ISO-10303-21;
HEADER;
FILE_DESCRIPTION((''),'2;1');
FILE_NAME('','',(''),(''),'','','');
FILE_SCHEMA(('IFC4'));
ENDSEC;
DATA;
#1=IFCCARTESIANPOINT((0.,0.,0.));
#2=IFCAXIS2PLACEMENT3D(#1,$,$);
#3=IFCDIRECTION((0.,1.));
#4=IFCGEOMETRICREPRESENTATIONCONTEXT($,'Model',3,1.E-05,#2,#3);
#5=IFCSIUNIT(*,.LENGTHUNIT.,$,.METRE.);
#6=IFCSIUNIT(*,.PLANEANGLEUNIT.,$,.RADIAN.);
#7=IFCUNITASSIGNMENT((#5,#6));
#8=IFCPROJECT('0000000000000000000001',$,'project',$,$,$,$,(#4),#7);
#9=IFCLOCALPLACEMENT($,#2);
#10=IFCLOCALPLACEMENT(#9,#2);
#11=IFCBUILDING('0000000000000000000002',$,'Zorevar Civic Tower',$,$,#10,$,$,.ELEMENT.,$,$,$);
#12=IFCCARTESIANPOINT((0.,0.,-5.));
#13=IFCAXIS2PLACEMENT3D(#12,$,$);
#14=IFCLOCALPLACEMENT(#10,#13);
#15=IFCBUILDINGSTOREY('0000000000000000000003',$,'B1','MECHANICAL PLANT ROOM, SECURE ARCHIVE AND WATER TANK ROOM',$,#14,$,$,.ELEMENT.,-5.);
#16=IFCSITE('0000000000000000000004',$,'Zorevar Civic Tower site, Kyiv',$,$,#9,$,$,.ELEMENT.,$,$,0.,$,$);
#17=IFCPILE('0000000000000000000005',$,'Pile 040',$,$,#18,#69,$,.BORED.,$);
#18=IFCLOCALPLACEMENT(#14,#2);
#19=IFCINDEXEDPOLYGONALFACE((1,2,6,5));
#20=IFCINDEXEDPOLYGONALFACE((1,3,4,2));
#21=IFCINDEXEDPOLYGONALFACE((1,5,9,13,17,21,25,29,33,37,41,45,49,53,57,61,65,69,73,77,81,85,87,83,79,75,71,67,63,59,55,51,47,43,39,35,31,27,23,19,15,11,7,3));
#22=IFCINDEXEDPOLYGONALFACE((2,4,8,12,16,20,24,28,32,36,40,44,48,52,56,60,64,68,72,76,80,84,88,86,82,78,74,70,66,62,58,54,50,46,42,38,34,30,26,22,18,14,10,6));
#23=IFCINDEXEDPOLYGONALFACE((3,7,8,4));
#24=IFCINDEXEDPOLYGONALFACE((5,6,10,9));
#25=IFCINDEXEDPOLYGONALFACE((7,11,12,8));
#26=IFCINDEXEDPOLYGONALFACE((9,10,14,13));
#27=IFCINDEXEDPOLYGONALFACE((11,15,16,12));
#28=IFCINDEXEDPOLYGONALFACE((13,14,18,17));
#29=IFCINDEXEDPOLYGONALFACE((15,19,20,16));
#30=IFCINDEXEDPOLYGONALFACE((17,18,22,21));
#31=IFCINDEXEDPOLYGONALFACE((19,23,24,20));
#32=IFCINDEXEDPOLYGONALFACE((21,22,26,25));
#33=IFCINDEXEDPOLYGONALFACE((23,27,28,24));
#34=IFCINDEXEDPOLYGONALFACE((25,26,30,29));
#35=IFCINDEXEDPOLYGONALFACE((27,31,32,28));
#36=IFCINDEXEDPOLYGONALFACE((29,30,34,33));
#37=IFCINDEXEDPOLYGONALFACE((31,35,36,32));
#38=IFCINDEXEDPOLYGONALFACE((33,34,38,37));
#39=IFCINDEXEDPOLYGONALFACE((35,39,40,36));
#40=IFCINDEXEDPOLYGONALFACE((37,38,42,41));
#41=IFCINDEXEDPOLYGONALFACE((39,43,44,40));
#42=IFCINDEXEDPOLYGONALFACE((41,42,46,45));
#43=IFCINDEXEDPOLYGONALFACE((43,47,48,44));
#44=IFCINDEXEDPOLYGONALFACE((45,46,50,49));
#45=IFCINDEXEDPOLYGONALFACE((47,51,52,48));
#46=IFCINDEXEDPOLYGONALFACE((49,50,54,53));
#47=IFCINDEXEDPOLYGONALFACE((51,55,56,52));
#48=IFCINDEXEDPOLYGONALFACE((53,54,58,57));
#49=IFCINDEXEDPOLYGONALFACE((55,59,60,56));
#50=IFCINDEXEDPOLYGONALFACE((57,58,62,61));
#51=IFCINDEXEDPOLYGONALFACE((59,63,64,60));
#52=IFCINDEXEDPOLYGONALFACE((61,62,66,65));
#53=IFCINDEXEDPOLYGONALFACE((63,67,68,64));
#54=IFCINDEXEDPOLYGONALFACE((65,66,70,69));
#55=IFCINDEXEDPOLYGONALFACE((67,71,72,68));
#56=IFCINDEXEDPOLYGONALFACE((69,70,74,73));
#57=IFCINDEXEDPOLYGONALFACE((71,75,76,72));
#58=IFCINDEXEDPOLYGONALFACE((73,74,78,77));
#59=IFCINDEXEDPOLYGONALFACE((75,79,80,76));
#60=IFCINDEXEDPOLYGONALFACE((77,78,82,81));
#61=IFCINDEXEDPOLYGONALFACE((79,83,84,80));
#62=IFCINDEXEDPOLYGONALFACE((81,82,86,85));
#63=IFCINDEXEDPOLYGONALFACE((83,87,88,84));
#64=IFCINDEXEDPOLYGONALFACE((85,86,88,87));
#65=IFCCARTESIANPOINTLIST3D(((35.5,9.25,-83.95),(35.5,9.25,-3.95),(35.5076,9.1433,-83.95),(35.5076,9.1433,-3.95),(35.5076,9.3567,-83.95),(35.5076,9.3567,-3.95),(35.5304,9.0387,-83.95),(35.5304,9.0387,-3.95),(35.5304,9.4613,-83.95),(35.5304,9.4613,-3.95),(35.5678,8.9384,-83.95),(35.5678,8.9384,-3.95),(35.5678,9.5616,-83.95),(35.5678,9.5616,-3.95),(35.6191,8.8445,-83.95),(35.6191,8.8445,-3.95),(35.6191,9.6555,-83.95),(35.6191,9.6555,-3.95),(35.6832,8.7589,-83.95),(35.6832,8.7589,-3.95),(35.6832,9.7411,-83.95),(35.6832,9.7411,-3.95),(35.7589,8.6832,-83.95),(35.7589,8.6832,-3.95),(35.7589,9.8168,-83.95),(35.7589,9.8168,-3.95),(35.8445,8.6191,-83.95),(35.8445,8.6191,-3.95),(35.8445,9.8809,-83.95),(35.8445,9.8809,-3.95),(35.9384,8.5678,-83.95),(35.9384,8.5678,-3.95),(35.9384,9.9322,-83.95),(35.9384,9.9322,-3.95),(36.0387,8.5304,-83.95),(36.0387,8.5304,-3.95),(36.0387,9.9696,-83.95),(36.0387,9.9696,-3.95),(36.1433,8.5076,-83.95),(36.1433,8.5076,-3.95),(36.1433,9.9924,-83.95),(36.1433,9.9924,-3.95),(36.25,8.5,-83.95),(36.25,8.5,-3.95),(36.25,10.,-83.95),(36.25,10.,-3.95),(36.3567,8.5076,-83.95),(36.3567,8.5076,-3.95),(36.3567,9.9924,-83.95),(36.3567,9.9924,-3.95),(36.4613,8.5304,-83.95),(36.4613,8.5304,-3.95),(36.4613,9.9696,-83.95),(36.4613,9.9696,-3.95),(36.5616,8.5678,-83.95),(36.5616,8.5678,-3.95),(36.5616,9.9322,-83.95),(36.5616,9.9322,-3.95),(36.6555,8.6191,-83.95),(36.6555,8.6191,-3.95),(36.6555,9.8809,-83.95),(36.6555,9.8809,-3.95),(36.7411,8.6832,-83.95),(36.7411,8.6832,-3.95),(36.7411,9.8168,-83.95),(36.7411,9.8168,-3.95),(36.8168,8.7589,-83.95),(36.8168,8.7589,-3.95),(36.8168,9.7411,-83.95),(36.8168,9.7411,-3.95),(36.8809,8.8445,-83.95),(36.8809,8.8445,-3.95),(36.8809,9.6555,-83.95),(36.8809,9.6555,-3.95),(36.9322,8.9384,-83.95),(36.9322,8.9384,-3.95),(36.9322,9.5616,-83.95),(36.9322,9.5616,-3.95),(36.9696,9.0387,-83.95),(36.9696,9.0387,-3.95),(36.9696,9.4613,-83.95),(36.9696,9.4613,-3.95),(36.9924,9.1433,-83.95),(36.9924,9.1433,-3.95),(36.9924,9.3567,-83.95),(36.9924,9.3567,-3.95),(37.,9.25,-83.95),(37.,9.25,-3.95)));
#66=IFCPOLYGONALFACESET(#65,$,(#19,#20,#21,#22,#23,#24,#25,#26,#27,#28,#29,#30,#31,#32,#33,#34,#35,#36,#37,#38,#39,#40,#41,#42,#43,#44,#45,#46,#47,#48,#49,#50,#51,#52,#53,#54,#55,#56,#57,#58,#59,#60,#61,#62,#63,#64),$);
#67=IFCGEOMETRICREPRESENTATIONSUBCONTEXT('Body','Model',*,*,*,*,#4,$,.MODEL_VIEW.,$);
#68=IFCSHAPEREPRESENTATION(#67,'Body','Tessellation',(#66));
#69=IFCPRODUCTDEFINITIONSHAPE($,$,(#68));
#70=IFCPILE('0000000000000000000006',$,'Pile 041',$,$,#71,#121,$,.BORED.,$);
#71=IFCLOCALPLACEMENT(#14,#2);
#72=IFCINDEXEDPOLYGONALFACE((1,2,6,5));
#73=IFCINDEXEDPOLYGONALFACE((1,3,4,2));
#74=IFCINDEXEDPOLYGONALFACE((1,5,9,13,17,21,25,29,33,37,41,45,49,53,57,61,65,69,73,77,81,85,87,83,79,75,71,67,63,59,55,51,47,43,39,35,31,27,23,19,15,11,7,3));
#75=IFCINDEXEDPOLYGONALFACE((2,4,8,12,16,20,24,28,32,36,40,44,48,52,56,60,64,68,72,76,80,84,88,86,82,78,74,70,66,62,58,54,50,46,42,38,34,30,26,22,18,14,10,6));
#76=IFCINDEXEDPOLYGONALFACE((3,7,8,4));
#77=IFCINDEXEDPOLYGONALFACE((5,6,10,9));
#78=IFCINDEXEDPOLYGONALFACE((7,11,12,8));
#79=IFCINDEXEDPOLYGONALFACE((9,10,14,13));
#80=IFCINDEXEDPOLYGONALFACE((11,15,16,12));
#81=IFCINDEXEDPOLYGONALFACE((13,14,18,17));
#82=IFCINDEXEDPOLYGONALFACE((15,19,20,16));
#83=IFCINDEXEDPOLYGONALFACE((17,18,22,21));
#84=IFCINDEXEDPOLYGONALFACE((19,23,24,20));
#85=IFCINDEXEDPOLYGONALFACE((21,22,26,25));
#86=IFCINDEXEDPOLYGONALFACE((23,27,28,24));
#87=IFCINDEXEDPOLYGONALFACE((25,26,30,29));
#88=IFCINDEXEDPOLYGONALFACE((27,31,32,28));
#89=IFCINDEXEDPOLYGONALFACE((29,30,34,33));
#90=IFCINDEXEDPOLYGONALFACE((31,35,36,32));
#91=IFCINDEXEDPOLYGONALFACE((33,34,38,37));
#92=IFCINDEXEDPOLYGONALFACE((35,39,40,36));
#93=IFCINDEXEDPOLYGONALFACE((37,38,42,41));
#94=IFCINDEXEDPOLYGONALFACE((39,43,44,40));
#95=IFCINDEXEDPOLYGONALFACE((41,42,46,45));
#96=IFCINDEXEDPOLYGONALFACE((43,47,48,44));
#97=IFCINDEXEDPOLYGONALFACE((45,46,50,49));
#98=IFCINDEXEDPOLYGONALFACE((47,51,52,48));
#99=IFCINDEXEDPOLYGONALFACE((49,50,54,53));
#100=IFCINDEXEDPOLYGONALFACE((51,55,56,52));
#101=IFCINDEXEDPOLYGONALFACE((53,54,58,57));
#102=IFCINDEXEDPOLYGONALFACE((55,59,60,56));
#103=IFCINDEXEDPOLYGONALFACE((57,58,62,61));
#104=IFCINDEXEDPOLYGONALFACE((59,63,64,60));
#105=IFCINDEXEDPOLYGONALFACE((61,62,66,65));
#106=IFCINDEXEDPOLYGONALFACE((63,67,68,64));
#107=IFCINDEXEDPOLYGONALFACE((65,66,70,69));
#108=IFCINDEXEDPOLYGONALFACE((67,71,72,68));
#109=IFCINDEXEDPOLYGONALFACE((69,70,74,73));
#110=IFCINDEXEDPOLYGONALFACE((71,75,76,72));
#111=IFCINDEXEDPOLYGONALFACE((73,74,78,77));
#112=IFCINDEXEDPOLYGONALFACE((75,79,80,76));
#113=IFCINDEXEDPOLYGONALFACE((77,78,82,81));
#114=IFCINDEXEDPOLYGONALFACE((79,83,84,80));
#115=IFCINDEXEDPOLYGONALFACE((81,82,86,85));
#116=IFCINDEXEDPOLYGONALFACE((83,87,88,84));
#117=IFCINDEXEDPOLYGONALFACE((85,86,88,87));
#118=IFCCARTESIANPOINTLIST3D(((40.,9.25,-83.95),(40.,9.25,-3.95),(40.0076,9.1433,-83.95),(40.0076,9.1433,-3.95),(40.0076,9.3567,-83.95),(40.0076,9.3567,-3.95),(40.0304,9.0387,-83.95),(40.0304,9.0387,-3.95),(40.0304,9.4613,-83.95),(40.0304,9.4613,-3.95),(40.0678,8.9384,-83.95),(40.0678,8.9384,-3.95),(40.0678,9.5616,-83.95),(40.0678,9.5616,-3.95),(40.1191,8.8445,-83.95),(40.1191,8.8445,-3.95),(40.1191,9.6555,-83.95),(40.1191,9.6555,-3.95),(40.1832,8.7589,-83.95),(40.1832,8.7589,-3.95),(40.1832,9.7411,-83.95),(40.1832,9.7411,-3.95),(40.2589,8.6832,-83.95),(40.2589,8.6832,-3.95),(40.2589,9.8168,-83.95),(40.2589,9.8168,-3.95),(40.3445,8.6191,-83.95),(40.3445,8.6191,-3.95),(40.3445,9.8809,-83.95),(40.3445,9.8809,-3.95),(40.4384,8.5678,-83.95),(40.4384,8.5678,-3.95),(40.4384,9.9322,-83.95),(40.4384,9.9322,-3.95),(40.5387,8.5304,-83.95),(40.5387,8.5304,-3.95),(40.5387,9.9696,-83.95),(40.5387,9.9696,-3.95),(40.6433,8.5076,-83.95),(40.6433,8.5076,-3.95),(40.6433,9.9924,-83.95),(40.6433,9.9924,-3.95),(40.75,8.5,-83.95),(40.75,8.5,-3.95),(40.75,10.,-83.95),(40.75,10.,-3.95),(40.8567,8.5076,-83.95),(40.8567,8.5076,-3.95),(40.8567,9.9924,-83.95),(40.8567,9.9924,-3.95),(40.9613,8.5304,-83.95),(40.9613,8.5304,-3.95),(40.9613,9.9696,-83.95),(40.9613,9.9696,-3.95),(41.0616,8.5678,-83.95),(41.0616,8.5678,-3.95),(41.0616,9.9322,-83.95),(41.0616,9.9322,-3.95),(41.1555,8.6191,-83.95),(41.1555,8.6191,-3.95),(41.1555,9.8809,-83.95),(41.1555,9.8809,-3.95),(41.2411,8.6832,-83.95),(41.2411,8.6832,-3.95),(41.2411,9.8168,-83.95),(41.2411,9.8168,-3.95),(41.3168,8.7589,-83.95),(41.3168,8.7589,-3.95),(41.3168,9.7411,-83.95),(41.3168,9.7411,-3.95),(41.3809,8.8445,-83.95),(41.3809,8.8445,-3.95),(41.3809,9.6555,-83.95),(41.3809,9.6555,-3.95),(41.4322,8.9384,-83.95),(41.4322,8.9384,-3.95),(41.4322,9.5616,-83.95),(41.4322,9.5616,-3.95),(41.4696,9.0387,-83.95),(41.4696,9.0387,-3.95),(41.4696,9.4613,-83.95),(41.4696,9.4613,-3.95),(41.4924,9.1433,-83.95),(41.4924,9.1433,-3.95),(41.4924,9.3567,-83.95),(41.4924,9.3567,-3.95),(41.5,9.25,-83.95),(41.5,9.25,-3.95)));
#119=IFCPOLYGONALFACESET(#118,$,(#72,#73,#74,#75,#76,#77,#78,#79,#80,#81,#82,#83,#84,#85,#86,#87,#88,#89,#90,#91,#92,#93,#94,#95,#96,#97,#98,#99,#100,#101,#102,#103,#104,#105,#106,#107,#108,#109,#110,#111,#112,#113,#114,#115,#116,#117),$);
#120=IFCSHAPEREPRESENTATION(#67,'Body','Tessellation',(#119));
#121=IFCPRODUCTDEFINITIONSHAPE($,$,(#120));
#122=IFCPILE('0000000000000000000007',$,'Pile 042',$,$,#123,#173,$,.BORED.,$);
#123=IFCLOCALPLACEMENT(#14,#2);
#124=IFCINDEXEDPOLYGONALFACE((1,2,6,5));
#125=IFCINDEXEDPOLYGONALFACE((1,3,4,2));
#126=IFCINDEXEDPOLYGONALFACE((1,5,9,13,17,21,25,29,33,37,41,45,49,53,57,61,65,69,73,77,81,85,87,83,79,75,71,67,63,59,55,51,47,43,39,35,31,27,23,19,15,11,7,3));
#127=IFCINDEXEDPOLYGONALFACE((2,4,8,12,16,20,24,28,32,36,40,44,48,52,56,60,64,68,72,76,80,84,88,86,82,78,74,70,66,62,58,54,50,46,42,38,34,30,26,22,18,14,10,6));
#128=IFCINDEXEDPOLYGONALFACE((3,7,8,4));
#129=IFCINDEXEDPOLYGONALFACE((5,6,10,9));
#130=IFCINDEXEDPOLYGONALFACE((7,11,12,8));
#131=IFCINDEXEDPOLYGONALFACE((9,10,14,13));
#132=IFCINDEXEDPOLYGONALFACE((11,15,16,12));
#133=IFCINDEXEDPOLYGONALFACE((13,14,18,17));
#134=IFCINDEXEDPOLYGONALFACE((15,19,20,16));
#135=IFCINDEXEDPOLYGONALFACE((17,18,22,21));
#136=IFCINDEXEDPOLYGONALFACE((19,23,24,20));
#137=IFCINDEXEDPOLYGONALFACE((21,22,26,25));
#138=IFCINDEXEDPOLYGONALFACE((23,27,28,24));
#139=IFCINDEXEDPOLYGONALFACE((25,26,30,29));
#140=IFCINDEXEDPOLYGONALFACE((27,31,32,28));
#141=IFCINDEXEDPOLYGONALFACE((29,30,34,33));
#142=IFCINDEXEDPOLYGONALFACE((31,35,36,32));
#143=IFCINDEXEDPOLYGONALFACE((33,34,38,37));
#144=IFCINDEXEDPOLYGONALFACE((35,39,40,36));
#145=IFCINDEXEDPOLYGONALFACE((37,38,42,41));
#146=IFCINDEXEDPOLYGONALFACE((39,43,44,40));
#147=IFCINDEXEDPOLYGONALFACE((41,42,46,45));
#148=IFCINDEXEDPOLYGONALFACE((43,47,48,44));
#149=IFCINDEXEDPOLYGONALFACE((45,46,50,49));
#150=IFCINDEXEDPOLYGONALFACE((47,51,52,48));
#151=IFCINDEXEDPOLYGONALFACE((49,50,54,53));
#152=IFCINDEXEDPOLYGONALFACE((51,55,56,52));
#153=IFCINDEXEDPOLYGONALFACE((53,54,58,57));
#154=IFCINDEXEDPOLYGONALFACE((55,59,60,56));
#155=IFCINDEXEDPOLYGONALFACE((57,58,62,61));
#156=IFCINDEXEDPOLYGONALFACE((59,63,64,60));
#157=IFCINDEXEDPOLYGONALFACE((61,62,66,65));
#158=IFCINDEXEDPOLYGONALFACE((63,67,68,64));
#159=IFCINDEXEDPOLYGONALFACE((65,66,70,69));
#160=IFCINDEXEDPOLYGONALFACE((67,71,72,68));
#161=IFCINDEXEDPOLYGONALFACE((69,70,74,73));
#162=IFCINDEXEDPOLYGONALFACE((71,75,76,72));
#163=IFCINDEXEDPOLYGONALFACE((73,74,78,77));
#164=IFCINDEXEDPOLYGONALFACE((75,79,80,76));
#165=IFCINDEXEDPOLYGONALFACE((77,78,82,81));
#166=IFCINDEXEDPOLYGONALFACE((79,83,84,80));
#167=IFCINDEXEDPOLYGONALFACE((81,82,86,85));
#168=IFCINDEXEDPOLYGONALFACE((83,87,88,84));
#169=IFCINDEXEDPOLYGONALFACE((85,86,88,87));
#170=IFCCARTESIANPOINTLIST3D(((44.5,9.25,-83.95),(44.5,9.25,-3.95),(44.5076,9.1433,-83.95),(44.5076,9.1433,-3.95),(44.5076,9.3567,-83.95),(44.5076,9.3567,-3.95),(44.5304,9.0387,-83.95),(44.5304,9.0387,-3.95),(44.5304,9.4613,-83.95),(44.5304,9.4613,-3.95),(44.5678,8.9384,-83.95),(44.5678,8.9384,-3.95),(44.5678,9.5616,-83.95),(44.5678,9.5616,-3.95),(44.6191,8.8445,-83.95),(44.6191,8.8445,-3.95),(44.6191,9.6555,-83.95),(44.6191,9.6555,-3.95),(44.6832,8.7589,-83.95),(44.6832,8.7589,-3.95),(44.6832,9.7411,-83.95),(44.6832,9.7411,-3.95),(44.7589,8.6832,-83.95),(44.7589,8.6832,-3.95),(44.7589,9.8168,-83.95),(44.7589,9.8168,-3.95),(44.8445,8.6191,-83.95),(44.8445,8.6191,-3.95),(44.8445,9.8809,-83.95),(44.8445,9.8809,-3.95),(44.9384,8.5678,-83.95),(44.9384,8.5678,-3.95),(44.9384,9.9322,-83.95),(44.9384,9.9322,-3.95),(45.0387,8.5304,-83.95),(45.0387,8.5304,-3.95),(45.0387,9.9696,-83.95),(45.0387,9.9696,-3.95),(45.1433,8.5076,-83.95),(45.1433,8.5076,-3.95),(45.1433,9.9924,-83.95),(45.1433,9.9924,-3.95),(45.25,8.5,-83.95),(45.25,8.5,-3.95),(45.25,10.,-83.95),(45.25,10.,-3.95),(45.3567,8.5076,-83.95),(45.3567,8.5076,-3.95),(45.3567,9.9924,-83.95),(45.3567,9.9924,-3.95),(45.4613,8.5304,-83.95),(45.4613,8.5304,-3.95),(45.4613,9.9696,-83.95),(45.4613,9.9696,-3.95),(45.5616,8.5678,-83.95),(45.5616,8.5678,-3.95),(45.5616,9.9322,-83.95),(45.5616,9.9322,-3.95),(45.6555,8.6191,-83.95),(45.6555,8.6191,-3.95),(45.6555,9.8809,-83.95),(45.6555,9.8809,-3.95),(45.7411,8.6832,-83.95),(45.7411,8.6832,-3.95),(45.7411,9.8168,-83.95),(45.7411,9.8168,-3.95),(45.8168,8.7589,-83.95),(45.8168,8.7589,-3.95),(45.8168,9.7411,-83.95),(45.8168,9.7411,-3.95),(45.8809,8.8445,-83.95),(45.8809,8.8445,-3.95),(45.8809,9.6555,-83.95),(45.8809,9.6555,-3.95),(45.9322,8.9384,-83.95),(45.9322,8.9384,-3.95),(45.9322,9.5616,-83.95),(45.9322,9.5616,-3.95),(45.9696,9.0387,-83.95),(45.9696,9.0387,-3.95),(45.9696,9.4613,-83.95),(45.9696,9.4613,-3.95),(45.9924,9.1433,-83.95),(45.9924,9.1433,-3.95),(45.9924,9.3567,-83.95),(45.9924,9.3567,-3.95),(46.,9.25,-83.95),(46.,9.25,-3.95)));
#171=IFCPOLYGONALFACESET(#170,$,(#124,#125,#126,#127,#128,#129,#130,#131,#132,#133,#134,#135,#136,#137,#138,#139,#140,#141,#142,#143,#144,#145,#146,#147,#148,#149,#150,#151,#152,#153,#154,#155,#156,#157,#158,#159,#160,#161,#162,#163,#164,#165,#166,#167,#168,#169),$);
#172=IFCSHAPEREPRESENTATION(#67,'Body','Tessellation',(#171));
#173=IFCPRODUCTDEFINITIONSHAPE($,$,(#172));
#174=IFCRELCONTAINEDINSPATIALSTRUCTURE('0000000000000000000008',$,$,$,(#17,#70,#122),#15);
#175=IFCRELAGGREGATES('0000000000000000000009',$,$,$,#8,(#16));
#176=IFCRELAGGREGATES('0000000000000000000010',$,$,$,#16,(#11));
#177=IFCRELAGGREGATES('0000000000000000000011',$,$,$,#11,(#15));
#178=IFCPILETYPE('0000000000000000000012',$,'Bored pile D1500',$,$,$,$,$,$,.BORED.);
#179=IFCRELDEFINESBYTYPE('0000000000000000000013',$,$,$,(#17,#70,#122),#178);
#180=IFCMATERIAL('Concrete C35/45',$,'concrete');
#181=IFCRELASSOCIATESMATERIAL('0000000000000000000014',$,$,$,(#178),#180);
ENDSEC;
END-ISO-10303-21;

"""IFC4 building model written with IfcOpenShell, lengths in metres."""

from ifc_helpers import new_model, si_unit, direction, frame, origin, origin_2d, place, context, subcontext, project, spatial, circle, extrude, material, type_object, element, save


model = new_model("IFC4")

# Units and contexts
model_context = context("Model", 3, precision=1e-05, world=origin(), true_north=direction((0.0, 1.0)))
body_context = subcontext(model_context, "Body", "Model", "MODEL_VIEW")
ifc_project = project(units=[si_unit("LENGTHUNIT", "METRE"), si_unit("PLANEANGLEUNIT", "RADIAN")], contexts=[model_context])

# Site, building, storey
site_placement = place(None, origin())
site = spatial("IfcSite", under=ifc_project, at=site_placement, Name="Zorevar Civic Tower site, Kyiv", CompositionType="ELEMENT", RefElevation=0.0)
building_placement = place(site_placement, origin())
building = spatial("IfcBuilding", under=site, at=building_placement, Name="Zorevar Civic Tower", CompositionType="ELEMENT")
storey_placement = place(building_placement, frame((0.0, 0.0, -5.0)))
storey = spatial("IfcBuildingStorey", under=building, at=storey_placement, Name="B1", Description="MECHANICAL PLANT ROOM, SECURE ARCHIVE AND WATER TANK ROOM", CompositionType="ELEMENT", Elevation=-5.0)

# Piles
ifc_material_1 = material(Name="Concrete C35/45", Category="concrete")
pile_type = type_object("IfcPileType", Name="Bored pile D1500", PredefinedType="BORED", material=ifc_material_1)
for number, where, z_axis, x_axis, name in (
    (1, (36.25, 9.25, -3.95), (0.0, 0.0, -1.0), (1.0, 0.0, 0.0), "Pile 040"),
    (2, (40.75, 9.25, -3.95), (0.0, 0.0, -1.0), (1.0, 0.0, 0.0), "Pile 041"),
    (3, (45.25, 9.25, -3.95), (0.0, 0.0, -1.0), (1.0, 0.0, 0.0), "Pile 042"),
):
    element("IfcPile", number, at=place(storey_placement, frame(where, z_axis=z_axis, x_axis=x_axis)), inside=storey, type_object=pile_type, Name=name, PredefinedType="BORED", context=body_context, shape_type="SweptSolid", body=[
        extrude(circle(Radius=0.75, at=origin_2d()), origin(), (0.0, 0.0, 1.0), 80.0),
    ])

save(model, "model.ifc")
